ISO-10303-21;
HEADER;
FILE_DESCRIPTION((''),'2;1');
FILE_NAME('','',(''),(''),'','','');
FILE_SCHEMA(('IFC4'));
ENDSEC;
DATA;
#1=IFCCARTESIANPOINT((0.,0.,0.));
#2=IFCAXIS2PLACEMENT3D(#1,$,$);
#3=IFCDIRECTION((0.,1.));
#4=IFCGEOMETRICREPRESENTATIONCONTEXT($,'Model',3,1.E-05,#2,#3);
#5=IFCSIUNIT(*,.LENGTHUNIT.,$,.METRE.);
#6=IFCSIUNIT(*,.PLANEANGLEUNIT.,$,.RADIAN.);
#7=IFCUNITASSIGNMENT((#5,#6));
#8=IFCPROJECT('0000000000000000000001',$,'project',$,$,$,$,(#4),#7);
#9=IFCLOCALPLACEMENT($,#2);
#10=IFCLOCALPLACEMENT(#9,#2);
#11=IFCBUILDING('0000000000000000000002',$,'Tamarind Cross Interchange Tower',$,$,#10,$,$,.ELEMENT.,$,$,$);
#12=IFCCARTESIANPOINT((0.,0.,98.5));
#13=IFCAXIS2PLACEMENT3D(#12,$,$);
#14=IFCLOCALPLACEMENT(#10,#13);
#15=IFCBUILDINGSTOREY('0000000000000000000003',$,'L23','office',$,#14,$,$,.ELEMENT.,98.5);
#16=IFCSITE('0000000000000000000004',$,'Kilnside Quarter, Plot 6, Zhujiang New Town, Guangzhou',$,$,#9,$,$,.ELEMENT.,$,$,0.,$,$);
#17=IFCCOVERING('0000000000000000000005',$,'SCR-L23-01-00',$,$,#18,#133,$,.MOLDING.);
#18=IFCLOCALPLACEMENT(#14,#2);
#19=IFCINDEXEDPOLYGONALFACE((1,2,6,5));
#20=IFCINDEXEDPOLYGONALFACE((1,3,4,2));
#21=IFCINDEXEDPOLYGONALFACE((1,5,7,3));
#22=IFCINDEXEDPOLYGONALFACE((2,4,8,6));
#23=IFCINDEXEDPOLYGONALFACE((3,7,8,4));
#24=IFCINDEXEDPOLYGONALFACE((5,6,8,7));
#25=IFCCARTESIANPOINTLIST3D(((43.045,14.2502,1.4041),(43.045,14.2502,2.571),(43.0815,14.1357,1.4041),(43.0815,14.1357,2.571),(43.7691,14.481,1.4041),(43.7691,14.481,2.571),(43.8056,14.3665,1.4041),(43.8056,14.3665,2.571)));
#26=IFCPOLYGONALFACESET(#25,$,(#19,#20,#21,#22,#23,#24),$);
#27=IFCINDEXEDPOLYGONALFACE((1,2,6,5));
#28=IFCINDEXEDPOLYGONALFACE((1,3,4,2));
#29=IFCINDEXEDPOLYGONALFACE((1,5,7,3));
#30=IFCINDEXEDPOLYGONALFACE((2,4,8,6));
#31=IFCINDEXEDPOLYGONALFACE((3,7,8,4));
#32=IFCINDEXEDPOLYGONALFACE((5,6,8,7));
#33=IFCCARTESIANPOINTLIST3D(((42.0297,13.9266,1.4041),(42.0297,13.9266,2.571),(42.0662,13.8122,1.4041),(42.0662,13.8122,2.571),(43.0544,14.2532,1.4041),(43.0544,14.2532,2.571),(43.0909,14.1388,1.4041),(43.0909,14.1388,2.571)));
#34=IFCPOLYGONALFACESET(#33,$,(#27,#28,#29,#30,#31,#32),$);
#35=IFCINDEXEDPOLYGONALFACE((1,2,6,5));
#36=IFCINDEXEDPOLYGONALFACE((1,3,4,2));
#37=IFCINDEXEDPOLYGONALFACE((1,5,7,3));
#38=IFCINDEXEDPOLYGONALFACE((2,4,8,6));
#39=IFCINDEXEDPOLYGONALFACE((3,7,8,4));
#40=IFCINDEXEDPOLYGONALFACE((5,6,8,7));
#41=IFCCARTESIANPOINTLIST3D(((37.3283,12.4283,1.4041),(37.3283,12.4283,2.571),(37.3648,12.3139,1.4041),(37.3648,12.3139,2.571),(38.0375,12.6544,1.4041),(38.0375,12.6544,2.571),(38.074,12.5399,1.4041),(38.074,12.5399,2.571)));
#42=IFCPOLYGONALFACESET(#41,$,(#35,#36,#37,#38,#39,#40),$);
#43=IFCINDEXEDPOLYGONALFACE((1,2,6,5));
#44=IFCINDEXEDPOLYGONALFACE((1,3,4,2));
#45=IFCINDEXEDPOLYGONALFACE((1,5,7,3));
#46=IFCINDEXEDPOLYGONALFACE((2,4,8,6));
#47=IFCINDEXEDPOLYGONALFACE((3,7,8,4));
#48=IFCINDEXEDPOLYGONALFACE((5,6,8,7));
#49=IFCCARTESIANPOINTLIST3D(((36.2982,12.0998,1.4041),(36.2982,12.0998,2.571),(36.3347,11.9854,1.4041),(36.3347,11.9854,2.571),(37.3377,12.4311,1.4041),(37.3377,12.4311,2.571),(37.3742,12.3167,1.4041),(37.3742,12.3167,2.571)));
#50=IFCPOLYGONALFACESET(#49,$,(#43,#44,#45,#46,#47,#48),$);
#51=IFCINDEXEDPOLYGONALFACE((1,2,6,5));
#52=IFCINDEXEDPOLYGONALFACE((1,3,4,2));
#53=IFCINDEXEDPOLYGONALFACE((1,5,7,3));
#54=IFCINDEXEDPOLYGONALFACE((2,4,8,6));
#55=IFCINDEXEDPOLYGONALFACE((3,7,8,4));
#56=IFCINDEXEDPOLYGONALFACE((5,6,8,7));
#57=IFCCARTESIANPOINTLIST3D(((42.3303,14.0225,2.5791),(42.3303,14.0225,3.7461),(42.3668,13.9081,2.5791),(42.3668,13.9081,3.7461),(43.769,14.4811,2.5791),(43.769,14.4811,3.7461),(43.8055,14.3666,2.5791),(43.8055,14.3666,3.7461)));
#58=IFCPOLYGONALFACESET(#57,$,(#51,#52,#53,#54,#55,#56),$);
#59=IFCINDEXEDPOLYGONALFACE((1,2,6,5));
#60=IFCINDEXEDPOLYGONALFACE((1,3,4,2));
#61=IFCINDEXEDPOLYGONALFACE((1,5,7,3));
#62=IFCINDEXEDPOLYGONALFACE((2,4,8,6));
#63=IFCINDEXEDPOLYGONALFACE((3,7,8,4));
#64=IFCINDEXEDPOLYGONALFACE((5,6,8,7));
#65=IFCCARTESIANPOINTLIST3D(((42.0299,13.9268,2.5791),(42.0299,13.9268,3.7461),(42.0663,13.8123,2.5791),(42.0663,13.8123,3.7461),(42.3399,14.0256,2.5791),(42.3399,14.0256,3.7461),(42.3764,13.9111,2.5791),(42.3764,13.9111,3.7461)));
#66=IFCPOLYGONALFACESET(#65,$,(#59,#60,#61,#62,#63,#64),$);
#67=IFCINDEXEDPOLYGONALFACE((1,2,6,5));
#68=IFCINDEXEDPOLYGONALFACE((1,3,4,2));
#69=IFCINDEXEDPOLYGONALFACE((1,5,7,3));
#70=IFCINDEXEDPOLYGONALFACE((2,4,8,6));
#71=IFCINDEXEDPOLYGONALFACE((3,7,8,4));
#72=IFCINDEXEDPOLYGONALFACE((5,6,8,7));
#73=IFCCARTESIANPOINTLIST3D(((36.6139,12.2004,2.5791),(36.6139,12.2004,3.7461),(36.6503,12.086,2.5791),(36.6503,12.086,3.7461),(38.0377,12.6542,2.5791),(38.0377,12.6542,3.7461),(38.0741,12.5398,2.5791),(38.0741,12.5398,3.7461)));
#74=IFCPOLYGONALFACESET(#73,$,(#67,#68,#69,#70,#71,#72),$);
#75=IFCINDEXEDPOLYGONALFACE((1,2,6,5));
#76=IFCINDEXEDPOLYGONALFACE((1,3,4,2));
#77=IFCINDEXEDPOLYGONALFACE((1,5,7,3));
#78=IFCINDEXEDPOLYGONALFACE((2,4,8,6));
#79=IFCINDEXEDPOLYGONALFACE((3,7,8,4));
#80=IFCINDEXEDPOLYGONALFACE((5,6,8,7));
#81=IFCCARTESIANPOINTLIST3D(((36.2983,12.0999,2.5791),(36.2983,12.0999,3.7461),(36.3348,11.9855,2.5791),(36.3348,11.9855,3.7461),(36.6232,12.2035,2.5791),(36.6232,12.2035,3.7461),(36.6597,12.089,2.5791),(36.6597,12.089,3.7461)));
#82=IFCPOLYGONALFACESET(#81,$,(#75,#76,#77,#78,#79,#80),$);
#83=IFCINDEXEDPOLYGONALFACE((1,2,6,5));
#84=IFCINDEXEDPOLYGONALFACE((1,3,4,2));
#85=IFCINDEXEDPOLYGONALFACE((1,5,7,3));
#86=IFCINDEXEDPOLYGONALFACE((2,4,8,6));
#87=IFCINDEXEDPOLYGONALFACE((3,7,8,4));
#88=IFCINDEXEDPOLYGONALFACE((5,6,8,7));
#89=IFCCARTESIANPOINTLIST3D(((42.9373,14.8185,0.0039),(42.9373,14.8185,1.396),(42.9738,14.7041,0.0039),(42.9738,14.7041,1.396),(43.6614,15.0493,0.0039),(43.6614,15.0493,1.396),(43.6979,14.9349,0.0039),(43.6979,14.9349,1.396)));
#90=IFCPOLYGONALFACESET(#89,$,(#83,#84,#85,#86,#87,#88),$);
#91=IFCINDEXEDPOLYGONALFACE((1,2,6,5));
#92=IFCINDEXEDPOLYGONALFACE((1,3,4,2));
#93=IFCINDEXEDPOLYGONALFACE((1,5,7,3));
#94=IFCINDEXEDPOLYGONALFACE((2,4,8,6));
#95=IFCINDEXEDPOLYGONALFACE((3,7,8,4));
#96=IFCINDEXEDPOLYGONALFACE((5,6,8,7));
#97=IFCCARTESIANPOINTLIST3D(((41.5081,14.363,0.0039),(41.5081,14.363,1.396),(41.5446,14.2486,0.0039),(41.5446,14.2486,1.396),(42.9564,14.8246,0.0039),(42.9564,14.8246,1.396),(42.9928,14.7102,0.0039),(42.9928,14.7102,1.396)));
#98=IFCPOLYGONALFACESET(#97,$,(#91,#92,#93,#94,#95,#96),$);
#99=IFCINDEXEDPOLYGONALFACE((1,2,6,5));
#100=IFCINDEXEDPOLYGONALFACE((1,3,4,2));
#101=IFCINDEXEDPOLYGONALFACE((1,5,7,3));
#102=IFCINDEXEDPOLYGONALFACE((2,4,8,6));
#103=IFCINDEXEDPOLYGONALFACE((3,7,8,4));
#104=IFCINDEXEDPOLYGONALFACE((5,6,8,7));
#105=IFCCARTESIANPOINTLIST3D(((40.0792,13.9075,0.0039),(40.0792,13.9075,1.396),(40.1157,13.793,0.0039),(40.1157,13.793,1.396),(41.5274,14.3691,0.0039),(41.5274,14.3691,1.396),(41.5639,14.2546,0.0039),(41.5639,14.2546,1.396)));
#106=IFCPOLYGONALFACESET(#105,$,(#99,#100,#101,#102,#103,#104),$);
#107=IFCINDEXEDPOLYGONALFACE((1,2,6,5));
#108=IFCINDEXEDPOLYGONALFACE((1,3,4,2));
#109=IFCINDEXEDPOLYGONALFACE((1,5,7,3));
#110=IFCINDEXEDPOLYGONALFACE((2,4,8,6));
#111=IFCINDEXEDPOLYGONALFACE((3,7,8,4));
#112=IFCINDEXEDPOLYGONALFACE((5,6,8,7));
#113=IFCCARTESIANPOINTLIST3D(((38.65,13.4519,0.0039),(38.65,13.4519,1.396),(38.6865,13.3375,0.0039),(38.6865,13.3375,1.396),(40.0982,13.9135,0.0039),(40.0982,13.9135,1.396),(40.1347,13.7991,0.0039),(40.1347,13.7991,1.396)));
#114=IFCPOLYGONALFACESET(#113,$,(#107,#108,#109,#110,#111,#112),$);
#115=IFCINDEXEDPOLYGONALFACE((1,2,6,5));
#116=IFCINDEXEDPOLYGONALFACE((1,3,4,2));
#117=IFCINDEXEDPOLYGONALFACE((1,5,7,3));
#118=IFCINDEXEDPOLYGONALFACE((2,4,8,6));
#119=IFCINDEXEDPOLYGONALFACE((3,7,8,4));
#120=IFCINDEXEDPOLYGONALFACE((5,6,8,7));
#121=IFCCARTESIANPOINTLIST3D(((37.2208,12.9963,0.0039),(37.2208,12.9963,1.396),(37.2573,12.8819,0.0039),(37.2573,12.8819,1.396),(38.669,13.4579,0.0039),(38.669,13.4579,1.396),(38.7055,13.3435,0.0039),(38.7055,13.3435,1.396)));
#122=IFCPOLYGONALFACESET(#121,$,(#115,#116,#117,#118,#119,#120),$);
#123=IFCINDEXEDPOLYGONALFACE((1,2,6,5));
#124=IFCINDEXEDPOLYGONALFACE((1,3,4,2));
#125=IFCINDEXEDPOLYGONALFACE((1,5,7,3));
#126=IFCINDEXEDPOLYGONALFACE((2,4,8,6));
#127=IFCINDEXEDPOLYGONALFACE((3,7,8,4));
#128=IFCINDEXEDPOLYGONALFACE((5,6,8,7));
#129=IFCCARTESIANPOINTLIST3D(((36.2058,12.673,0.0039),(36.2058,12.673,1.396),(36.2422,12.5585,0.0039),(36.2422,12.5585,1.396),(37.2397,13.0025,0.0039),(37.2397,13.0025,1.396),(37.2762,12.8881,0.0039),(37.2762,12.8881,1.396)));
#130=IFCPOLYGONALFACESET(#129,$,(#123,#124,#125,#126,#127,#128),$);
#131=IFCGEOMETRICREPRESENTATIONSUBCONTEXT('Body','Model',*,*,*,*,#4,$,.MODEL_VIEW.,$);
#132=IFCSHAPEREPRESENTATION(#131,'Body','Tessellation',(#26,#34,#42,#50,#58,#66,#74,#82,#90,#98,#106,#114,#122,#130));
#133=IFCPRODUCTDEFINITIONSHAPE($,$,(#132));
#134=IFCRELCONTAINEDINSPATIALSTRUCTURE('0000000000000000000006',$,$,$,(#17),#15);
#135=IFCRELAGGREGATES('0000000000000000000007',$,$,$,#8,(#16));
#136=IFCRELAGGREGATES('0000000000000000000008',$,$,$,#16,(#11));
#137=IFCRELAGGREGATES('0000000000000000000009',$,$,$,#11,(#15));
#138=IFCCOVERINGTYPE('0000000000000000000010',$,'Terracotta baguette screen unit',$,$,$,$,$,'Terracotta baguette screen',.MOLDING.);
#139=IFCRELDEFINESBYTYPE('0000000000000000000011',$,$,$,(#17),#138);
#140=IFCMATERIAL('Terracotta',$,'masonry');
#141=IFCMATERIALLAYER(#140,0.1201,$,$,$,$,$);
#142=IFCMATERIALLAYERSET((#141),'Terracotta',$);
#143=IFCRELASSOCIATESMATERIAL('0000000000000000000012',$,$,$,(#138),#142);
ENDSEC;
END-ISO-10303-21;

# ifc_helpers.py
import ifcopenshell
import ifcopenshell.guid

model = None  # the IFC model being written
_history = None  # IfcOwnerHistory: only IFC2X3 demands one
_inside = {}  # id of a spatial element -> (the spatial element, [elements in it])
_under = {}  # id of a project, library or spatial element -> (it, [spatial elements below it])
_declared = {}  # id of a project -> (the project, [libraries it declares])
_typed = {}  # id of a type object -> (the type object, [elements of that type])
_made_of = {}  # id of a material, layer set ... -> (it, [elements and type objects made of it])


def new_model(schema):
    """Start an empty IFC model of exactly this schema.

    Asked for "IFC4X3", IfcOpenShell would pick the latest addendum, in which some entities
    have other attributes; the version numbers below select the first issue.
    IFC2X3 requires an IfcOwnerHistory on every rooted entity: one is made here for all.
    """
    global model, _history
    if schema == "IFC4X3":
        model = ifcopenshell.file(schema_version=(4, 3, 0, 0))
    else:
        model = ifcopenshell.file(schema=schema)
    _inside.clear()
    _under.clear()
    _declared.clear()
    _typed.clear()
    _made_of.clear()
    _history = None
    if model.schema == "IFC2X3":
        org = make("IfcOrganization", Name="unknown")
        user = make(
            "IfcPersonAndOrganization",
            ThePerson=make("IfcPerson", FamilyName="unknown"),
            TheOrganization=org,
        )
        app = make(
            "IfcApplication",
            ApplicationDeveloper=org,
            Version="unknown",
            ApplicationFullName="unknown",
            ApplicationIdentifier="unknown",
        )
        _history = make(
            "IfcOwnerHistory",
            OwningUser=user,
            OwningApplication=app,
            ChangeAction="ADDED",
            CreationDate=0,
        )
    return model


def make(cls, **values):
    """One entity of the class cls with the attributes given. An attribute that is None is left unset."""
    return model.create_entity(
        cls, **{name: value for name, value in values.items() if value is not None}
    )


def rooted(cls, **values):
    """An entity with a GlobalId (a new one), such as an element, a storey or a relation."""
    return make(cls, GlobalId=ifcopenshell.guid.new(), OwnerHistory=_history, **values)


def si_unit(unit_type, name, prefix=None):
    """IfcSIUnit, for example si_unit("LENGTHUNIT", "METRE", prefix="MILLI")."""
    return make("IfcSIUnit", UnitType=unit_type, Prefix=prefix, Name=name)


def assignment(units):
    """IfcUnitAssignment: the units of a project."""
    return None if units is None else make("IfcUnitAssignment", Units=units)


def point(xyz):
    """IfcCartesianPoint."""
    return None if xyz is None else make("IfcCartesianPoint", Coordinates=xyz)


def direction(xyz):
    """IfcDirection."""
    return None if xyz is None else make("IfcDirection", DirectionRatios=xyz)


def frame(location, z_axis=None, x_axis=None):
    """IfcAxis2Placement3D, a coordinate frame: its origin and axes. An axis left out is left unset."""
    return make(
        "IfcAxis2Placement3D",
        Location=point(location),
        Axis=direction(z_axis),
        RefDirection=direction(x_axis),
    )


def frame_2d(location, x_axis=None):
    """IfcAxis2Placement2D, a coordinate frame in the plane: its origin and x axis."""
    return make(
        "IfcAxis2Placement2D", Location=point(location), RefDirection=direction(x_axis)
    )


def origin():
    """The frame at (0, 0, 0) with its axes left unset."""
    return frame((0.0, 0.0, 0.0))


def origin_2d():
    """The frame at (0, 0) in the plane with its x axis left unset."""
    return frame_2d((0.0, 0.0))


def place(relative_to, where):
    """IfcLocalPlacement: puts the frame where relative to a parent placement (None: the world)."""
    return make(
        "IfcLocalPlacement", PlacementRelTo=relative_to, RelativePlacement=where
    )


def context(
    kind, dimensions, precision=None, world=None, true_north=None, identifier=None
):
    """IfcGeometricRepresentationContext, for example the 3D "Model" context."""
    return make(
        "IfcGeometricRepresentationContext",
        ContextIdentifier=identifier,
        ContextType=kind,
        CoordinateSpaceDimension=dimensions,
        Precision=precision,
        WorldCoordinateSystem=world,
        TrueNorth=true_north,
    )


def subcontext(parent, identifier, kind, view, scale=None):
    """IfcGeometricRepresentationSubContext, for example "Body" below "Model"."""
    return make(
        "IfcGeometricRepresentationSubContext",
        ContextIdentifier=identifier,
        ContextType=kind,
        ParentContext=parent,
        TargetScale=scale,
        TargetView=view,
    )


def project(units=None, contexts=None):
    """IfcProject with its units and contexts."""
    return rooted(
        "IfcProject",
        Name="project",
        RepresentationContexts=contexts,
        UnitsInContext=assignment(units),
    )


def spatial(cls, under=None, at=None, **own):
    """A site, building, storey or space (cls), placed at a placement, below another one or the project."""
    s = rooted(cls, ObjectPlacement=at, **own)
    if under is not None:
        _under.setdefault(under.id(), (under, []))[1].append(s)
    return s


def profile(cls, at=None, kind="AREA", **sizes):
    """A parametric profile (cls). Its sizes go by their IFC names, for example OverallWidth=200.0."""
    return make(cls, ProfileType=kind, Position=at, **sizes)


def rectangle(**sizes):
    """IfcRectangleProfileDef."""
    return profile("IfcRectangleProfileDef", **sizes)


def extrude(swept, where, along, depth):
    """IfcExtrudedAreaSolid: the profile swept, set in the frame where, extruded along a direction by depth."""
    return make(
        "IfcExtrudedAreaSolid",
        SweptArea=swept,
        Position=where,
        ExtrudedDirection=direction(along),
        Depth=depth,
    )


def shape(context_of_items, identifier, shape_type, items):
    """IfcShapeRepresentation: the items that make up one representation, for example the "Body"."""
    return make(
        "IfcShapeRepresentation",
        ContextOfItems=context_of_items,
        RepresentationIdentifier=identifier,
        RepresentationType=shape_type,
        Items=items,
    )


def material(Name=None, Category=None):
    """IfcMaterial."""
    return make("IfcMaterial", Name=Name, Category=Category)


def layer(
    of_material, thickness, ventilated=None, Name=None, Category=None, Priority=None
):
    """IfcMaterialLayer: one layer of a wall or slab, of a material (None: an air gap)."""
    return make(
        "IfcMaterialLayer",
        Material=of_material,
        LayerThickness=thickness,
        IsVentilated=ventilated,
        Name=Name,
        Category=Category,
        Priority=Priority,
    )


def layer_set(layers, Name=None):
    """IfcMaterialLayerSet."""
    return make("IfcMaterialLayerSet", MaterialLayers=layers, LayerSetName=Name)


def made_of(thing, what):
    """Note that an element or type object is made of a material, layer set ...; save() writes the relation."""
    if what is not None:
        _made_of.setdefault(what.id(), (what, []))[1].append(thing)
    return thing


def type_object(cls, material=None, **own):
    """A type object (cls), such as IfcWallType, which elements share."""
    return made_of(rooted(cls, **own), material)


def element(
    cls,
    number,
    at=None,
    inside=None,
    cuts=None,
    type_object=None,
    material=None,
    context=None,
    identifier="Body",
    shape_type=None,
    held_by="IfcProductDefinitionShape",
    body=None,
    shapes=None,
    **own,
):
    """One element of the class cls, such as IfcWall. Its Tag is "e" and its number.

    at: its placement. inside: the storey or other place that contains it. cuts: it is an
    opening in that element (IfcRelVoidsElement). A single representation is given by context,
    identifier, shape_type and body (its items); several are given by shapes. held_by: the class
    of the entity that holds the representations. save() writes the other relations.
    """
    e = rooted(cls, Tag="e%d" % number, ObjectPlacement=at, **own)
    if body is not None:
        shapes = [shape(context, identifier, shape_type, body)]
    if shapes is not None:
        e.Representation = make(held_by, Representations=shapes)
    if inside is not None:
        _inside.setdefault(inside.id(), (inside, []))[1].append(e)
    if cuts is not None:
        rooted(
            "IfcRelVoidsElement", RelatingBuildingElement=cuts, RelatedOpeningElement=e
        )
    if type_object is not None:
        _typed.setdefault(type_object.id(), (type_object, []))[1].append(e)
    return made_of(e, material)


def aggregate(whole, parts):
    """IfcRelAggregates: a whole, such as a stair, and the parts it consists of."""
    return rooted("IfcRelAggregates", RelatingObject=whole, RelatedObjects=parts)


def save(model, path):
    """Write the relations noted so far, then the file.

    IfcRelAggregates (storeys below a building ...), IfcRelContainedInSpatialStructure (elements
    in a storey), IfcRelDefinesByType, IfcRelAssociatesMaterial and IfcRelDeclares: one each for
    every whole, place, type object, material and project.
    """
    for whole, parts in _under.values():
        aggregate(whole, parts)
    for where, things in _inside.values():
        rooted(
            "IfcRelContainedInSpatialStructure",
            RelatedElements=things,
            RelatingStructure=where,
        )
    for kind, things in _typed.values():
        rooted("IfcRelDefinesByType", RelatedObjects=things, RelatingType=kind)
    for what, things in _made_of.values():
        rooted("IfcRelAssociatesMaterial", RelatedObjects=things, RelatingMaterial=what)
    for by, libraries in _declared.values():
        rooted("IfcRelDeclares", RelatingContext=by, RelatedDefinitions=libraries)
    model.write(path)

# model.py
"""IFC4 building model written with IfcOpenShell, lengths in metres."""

from ifc_helpers import new_model, si_unit, direction, frame, origin, origin_2d, place, context, subcontext, project, spatial, rectangle, extrude, material, layer, layer_set, type_object, element, save


model = new_model("IFC4")

# Units and contexts
model_context = context("Model", 3, precision=1e-05, world=origin(), true_north=direction((0.0, 1.0)))
body_context = subcontext(model_context, "Body", "Model", "MODEL_VIEW")
ifc_project = project(units=[si_unit("LENGTHUNIT", "METRE"), si_unit("PLANEANGLEUNIT", "RADIAN")], contexts=[model_context])

# Site, building, storey
site_placement = place(None, origin())
site = spatial("IfcSite", under=ifc_project, at=site_placement, Name="Kilnside Quarter, Plot 6, Zhujiang New Town, Guangzhou", CompositionType="ELEMENT", RefElevation=0.0)
building_placement = place(site_placement, origin())
building = spatial("IfcBuilding", under=site, at=building_placement, Name="Tamarind Cross Interchange Tower", CompositionType="ELEMENT")
storey_placement = place(building_placement, frame((0.0, 0.0, 98.5)))
storey = spatial("IfcBuildingStorey", under=building, at=storey_placement, Name="L23", Description="office", CompositionType="ELEMENT", Elevation=98.5)

# Covering
ifc_material_1 = material(Name="Terracotta", Category="masonry")
ifc_layer_1 = layer(ifc_material_1, 0.1201)
ifc_layer_set_1 = layer_set([ifc_layer_1], Name="Terracotta")
covering_type = type_object("IfcCoveringType", Name="Terracotta baguette screen unit", ElementType="Terracotta baguette screen", PredefinedType="MOLDING", material=ifc_layer_set_1)
covering_1_placement = place(storey_placement, origin())
element("IfcCovering", 1, at=covering_1_placement, inside=storey, type_object=covering_type, Name="SCR-L23-01-00", PredefinedType="MOLDING", context=body_context, shape_type="SweptSolid", body=[
    extrude(rectangle(XDim=0.76, YDim=0.1201, at=origin_2d()), frame((43.4253, 14.3083, 1.4041), z_axis=(0.0, 0.0, 1.0), x_axis=(-0.952773, -0.303683, 0.0)), (0.0, 0.0, 1.0), 1.167),
    extrude(rectangle(XDim=1.0754, YDim=0.1201, at=origin_2d()), frame((42.5603, 14.0327, 1.4041), z_axis=(0.0, 0.0, 1.0), x_axis=(-0.952773, -0.303683, 0.0)), (0.0, 0.0, 1.0), 1.167),
    extrude(rectangle(XDim=0.7444, YDim=0.1201, at=origin_2d()), frame((37.7012, 12.4841, 1.4041), z_axis=(0.0, 0.0, 1.0), x_axis=(-0.952773, -0.303683, 0.0)), (0.0, 0.0, 1.0), 1.167),
    extrude(rectangle(XDim=1.0911, YDim=0.1201, at=origin_2d()), frame((36.8362, 12.2083, 1.4041), z_axis=(0.0, 0.0, 1.0), x_axis=(-0.952773, -0.303683, 0.0)), (0.0, 0.0, 1.0), 1.167),
    extrude(rectangle(XDim=1.51, YDim=0.1201, at=origin_2d()), frame((43.0679, 14.1946, 2.5791), z_axis=(0.0, 0.0, 1.0), x_axis=(-0.952773, -0.303683, 0.0)), (0.0, 0.0, 1.0), 1.167),
    extrude(rectangle(XDim=0.3254, YDim=0.1201, at=origin_2d()), frame((42.2031, 13.9189, 2.5791), z_axis=(0.0, 0.0, 1.0), x_axis=(-0.952773, -0.303683, 0.0)), (0.0, 0.0, 1.0), 1.167),
    extrude(rectangle(XDim=1.4944, YDim=0.1201, at=origin_2d()), frame((37.344, 12.3701, 2.5791), z_axis=(0.0, 0.0, 1.0), x_axis=(-0.952773, -0.303683, 0.0)), (0.0, 0.0, 1.0), 1.167),
    extrude(rectangle(XDim=0.3411, YDim=0.1201, at=origin_2d()), frame((36.479, 12.0945, 2.5791), z_axis=(0.0, 0.0, 1.0), x_axis=(-0.952773, -0.303683, 0.0)), (0.0, 0.0, 1.0), 1.167),
    extrude(rectangle(XDim=0.76, YDim=0.1201, at=origin_2d()), frame((43.3176, 14.8767, 0.0039), z_axis=(0.0, 0.0, 1.0), x_axis=(-0.952773, -0.303683, 0.0)), (0.0, 0.0, 1.0), 1.3921),
    extrude(rectangle(XDim=1.52, YDim=0.1201, at=origin_2d()), frame((42.2505, 14.5366, 0.0039), z_axis=(0.0, 0.0, 1.0), x_axis=(-0.952773, -0.303683, 0.0)), (0.0, 0.0, 1.0), 1.3921),
    extrude(rectangle(XDim=1.52, YDim=0.1201, at=origin_2d()), frame((40.8215, 14.0811, 0.0039), z_axis=(0.0, 0.0, 1.0), x_axis=(-0.952773, -0.303683, 0.0)), (0.0, 0.0, 1.0), 1.3921),
    extrude(rectangle(XDim=1.52, YDim=0.1201, at=origin_2d()), frame((39.3923, 13.6255, 0.0039), z_axis=(0.0, 0.0, 1.0), x_axis=(-0.952773, -0.303683, 0.0)), (0.0, 0.0, 1.0), 1.3921),
    extrude(rectangle(XDim=1.52, YDim=0.1201, at=origin_2d()), frame((37.9631, 13.1699, 0.0039), z_axis=(0.0, 0.0, 1.0), x_axis=(-0.952773, -0.303683, 0.0)), (0.0, 0.0, 1.0), 1.3921),
    extrude(rectangle(XDim=1.0852, YDim=0.1201, at=origin_2d()), frame((36.741, 12.7805, 0.0039), z_axis=(0.0, 0.0, 1.0), x_axis=(-0.952773, -0.303683, 0.0)), (0.0, 0.0, 1.0), 1.3921),
])

save(model, "model.ifc")
